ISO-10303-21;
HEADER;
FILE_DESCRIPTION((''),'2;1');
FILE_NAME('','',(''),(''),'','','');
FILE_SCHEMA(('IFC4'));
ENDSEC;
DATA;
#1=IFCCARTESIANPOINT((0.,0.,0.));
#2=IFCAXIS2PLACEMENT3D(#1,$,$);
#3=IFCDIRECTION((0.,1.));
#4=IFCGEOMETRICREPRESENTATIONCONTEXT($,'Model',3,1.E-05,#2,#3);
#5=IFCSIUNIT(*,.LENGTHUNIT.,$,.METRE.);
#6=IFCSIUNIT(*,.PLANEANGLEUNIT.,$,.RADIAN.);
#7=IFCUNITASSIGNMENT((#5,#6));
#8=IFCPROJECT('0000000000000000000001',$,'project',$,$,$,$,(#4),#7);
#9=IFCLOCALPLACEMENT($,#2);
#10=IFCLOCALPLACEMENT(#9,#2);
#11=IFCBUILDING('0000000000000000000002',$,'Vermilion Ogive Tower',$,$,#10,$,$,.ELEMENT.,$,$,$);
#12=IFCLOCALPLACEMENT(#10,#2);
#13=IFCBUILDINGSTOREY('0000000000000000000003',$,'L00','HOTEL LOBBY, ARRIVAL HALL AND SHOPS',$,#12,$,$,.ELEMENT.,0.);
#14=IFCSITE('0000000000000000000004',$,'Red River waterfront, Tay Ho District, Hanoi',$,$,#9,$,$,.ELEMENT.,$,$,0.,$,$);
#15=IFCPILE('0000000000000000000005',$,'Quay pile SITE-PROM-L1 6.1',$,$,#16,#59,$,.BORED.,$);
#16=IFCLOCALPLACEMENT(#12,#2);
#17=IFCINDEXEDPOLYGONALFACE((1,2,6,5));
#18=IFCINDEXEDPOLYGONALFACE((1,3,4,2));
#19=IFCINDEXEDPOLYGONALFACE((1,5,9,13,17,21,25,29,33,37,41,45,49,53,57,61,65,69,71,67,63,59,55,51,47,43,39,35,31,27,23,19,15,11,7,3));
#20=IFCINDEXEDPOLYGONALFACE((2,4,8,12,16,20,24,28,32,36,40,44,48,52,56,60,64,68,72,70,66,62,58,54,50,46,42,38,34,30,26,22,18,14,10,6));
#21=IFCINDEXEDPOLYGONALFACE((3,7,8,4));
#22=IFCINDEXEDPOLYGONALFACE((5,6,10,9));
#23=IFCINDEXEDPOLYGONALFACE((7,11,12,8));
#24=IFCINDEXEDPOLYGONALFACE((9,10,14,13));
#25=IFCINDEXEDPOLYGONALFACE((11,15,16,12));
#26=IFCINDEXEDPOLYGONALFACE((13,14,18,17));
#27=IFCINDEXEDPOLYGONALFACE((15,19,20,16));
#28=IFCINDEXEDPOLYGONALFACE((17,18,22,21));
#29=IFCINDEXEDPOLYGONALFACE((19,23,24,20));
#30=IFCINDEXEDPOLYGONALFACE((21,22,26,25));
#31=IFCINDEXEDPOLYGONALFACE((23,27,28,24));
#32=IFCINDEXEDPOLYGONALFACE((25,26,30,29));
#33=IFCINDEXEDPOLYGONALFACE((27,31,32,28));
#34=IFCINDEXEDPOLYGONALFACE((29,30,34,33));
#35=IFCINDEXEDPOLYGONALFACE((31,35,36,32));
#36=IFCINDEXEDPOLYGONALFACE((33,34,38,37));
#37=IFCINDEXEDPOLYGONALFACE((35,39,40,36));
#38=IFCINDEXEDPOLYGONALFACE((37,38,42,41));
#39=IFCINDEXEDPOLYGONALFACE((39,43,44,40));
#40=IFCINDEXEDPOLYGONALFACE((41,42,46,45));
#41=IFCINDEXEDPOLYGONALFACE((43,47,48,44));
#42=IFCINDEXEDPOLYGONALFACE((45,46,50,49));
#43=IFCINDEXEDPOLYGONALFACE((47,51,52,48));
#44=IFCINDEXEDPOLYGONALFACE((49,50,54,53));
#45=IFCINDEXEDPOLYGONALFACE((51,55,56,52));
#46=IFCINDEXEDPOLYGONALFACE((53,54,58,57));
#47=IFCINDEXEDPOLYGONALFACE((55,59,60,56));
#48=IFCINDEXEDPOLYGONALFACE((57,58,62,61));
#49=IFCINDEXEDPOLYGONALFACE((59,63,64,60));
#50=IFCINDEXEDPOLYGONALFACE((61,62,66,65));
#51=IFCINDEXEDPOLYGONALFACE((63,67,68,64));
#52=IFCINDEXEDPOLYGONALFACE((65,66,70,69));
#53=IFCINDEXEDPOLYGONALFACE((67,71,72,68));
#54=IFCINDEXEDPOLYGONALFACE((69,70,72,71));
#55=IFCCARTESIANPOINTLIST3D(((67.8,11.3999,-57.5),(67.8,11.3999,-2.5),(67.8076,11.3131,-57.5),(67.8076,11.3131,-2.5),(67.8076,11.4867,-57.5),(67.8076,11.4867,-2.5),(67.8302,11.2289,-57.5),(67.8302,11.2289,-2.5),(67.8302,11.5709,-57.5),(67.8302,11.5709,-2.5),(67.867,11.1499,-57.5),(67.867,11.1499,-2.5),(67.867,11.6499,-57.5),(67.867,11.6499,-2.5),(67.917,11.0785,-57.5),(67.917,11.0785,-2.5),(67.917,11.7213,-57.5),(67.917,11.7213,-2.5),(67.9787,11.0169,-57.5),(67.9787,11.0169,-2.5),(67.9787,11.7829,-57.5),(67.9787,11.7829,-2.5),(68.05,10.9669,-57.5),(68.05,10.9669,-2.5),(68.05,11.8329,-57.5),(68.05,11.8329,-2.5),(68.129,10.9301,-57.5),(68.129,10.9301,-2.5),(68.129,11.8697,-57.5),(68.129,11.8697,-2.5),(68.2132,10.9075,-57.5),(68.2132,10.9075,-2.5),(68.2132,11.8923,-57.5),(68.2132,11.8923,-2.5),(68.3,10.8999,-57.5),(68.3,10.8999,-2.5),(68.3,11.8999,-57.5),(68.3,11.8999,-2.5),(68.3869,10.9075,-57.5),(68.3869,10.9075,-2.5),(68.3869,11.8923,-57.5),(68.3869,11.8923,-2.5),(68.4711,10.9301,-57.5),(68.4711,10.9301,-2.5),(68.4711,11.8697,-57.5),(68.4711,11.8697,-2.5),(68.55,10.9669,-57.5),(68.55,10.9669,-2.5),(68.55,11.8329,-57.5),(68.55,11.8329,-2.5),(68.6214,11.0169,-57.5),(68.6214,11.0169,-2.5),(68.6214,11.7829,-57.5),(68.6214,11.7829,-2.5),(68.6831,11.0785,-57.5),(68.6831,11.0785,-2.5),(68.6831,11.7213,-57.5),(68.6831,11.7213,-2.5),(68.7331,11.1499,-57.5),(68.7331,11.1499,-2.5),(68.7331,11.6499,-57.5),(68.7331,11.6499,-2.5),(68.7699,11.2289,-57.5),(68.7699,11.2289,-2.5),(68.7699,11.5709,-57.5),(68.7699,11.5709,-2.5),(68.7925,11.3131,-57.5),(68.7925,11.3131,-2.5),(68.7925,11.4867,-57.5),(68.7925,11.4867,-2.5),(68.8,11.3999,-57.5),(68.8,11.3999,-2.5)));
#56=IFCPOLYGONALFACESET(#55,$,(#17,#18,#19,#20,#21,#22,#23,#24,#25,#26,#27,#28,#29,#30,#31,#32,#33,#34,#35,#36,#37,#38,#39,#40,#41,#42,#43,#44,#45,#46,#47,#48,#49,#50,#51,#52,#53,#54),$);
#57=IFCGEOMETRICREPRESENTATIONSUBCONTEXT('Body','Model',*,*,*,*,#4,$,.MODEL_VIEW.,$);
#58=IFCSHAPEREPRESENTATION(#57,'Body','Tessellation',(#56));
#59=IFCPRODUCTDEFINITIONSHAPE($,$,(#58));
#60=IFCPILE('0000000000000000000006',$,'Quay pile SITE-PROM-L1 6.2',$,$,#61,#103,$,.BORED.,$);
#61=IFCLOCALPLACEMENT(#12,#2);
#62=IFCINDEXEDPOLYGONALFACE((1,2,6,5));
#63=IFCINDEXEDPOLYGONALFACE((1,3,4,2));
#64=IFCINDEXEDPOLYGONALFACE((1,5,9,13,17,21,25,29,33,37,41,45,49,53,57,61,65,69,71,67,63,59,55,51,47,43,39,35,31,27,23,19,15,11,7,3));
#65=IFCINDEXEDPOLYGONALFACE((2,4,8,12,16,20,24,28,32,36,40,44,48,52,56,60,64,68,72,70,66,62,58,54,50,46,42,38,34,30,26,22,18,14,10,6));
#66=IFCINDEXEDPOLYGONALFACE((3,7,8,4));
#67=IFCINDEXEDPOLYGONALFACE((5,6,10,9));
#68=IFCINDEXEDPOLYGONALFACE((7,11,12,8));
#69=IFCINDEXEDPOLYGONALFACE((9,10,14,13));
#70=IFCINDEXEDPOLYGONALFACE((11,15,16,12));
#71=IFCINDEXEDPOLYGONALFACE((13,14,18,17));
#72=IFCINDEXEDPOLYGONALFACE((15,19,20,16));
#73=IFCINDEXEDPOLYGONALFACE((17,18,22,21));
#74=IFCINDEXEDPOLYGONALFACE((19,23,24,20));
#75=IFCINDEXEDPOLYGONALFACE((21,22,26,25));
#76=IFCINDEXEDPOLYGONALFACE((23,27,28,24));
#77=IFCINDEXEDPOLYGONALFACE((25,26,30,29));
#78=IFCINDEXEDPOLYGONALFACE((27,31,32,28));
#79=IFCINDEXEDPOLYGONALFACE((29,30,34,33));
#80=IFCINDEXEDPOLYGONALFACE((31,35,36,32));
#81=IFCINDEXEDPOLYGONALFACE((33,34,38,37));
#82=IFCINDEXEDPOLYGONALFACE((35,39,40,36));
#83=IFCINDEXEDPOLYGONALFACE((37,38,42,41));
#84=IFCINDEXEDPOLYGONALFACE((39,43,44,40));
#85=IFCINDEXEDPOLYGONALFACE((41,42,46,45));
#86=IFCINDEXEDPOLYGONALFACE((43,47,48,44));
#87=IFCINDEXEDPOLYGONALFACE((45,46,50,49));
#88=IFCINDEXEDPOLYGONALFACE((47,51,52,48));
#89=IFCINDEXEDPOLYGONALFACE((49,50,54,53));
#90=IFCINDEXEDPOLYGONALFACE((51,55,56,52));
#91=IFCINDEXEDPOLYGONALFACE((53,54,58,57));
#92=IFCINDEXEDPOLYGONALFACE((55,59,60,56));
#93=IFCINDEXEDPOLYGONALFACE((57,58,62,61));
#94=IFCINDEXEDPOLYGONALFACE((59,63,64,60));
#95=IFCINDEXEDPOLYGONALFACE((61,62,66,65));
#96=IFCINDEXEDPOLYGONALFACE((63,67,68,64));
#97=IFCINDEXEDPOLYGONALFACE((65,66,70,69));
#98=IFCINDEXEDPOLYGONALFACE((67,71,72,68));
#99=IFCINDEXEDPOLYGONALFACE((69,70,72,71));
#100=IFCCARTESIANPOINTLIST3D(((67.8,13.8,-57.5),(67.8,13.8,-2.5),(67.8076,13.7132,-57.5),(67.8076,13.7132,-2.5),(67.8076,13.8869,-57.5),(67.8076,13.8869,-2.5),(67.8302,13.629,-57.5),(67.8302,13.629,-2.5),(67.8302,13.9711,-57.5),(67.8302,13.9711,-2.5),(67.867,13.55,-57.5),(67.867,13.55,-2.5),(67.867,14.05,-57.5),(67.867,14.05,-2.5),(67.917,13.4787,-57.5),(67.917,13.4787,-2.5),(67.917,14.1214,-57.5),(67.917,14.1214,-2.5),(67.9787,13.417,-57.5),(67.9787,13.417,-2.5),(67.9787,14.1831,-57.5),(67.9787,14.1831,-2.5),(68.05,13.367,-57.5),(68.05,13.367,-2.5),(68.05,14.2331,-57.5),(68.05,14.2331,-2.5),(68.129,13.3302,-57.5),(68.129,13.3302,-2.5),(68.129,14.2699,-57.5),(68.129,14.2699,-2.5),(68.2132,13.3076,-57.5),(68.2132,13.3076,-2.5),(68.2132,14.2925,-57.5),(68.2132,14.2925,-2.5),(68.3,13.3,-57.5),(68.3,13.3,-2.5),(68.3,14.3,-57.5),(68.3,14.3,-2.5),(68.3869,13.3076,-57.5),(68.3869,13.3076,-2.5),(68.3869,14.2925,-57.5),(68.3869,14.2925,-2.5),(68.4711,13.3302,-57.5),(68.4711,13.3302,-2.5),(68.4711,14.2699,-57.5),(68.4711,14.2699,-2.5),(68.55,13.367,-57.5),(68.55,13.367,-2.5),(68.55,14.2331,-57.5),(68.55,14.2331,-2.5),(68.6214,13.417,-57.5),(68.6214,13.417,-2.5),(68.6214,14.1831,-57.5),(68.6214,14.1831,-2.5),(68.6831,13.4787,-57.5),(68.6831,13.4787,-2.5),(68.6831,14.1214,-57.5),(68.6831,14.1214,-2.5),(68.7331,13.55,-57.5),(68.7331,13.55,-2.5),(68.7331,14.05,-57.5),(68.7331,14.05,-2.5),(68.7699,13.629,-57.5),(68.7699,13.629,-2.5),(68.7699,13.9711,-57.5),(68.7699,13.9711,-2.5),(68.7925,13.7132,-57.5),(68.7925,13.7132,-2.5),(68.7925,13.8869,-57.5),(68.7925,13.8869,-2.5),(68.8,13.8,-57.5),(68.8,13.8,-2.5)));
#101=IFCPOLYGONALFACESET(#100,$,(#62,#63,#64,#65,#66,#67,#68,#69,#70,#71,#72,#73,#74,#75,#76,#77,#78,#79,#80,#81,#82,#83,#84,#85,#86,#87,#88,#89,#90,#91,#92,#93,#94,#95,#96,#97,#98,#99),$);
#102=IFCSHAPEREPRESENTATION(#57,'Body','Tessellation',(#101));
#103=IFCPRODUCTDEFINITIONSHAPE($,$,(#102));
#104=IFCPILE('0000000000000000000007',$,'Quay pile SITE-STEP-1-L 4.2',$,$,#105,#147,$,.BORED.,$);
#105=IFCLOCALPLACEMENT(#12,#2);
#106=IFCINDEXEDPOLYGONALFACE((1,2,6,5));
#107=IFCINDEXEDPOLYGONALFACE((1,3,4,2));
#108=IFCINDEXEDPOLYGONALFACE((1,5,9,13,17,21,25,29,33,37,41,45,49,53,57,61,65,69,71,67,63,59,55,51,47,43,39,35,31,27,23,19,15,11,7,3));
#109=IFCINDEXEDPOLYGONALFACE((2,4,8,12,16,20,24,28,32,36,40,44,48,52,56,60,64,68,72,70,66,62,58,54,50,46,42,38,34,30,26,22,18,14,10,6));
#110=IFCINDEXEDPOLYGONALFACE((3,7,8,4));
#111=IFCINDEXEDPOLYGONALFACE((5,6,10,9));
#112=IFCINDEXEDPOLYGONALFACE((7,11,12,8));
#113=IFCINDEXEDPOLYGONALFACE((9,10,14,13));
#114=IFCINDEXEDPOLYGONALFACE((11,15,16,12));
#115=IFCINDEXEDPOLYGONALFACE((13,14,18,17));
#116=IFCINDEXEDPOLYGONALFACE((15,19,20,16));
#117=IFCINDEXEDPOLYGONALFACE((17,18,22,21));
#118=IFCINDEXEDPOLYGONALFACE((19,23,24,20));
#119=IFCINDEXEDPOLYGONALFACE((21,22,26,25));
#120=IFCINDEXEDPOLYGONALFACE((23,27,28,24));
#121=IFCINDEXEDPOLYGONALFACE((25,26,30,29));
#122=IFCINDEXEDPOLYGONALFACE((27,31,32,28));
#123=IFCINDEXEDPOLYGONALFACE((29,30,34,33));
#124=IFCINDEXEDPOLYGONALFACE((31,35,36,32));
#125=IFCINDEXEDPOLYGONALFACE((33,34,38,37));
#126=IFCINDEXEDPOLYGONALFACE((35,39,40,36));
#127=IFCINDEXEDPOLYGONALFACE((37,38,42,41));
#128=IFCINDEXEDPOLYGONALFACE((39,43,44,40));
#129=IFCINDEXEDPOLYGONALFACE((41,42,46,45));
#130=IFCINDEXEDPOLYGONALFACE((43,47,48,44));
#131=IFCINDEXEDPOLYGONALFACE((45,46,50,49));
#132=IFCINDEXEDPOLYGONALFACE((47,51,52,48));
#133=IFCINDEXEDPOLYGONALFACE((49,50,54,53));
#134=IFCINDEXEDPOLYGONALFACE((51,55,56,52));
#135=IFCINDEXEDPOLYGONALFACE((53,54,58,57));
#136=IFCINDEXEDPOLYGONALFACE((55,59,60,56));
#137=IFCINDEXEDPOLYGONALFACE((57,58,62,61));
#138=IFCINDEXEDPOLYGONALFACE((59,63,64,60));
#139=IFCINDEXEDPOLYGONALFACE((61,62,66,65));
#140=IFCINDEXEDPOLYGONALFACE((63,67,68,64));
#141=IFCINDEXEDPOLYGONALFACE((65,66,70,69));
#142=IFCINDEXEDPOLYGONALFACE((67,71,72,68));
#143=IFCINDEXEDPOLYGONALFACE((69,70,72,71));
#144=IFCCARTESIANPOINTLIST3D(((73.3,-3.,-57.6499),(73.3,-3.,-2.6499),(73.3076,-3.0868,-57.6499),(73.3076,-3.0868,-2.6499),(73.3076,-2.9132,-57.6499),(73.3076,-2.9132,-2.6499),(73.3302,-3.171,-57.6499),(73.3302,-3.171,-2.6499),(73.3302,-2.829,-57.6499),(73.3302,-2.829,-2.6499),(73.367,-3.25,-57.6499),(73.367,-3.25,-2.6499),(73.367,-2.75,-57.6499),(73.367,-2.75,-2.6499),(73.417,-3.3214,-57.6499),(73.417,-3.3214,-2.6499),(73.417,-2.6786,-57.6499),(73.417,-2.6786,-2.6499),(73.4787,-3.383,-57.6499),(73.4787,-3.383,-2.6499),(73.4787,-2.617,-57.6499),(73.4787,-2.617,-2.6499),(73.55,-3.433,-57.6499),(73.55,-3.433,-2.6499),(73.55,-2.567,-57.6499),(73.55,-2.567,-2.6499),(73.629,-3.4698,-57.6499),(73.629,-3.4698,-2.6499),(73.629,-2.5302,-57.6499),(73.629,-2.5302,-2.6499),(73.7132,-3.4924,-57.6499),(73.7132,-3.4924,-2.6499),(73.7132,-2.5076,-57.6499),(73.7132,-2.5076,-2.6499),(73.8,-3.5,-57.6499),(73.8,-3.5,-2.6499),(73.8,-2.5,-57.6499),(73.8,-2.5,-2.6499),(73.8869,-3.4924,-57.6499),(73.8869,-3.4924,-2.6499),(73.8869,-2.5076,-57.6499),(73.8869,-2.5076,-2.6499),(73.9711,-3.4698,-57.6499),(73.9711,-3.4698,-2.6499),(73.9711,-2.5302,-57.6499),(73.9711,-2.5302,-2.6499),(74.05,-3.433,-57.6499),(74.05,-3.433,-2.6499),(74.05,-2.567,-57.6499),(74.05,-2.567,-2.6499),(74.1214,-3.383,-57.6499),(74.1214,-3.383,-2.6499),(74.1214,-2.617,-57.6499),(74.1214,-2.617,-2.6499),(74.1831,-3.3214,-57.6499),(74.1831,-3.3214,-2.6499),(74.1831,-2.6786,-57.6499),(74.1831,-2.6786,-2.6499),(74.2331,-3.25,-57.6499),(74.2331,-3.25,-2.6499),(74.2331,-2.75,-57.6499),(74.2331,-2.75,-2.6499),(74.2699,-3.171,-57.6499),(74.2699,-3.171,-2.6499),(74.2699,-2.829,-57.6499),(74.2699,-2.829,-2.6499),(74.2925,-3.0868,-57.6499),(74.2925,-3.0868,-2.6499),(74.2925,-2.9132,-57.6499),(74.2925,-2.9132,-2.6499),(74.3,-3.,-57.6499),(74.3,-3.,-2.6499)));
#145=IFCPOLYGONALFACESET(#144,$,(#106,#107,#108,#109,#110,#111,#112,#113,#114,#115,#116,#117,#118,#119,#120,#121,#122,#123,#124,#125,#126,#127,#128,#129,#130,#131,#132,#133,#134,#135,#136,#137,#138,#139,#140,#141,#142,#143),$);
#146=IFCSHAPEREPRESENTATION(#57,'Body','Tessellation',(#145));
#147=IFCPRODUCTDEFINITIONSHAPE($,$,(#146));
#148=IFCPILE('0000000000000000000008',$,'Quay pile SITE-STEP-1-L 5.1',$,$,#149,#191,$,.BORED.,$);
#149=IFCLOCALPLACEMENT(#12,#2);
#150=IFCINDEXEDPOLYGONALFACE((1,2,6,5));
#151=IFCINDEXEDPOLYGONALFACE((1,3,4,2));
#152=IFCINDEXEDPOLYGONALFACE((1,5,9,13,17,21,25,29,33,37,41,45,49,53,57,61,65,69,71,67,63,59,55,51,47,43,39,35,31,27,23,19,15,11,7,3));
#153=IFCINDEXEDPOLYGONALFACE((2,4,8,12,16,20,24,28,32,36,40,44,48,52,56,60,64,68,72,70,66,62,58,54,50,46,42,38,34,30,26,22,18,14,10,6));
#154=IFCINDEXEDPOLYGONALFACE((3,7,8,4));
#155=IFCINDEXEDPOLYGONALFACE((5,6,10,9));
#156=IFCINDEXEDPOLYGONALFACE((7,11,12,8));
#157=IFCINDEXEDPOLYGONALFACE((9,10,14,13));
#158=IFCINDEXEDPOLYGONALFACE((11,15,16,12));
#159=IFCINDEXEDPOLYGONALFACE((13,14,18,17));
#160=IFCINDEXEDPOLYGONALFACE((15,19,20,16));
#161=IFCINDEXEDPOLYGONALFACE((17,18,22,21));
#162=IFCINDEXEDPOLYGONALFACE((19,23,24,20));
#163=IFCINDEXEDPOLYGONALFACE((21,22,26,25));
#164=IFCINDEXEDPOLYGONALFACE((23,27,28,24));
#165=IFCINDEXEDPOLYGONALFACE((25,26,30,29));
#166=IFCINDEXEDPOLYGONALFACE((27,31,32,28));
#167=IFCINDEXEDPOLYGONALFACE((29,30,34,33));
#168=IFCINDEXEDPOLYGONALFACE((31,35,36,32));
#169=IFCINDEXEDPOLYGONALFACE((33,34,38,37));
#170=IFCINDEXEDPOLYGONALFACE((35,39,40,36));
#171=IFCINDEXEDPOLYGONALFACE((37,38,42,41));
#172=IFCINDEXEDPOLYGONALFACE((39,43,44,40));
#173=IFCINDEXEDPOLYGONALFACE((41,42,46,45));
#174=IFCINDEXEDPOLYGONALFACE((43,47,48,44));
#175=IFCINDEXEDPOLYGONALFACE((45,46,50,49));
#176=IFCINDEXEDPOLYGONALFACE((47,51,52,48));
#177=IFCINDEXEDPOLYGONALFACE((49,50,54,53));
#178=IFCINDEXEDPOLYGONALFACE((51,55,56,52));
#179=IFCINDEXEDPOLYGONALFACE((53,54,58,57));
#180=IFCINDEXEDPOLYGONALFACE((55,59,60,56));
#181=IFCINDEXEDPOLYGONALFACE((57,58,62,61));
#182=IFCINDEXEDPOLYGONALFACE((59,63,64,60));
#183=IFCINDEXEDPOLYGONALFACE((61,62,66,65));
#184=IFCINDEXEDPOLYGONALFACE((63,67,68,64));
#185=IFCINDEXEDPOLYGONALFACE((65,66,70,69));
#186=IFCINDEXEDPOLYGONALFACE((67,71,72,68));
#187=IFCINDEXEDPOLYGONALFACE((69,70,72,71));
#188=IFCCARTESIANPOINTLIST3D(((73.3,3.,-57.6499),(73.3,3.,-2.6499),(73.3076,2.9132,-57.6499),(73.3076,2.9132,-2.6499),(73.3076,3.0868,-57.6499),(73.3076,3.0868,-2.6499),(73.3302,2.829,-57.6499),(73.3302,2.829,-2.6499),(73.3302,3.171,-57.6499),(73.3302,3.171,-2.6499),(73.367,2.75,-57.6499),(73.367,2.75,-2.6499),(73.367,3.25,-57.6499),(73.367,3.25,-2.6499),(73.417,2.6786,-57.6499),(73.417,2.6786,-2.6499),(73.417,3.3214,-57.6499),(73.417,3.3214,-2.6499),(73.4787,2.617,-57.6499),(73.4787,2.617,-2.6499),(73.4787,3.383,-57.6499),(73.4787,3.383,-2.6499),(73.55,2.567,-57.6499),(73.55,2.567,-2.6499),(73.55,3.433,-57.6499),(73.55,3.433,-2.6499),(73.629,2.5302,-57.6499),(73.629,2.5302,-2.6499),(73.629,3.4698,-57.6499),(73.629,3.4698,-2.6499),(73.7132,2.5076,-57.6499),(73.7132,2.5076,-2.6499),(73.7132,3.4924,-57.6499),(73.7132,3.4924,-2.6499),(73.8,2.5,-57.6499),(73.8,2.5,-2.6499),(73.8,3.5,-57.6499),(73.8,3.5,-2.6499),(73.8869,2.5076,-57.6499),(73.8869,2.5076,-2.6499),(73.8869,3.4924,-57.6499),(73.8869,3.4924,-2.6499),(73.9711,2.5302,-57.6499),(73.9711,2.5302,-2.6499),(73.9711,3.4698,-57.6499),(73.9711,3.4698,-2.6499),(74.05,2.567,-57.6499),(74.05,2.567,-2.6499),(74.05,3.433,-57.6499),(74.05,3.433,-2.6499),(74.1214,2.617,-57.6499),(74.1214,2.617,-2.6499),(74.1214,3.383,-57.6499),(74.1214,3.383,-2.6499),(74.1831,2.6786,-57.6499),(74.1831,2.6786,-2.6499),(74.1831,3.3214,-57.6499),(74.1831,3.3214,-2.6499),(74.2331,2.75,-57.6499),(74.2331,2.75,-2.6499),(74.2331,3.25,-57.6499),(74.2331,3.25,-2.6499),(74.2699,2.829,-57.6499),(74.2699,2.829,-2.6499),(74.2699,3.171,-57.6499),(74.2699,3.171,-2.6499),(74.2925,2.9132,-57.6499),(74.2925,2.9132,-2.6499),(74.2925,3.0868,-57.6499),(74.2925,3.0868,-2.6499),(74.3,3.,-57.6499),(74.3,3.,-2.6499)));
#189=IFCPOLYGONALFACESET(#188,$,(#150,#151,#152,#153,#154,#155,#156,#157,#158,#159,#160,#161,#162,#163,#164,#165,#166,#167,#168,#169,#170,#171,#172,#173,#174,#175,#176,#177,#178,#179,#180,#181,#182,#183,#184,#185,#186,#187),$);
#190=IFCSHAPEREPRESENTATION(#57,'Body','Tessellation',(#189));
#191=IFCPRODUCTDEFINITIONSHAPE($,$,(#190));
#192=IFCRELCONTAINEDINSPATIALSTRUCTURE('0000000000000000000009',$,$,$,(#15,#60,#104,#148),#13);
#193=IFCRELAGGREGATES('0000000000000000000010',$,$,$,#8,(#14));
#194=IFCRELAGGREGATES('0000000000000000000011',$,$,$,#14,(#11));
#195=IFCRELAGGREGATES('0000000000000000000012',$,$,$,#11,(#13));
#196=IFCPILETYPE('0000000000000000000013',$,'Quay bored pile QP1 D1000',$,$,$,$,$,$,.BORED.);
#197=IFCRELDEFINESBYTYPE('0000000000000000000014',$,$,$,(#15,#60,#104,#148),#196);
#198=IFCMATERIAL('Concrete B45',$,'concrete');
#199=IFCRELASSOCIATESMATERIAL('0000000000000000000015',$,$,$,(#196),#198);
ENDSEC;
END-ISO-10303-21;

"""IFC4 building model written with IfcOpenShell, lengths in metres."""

from ifc_helpers import new_model, si_unit, direction, frame, origin, origin_2d, place, context, subcontext, project, spatial, circle, extrude, material, type_object, element, save


model = new_model("IFC4")

# Units and contexts
model_context = context("Model", 3, precision=1e-05, world=origin(), true_north=direction((0.0, 1.0)))
body_context = subcontext(model_context, "Body", "Model", "MODEL_VIEW")
ifc_project = project(units=[si_unit("LENGTHUNIT", "METRE"), si_unit("PLANEANGLEUNIT", "RADIAN")], contexts=[model_context])

# Site, building, storey
site_placement = place(None, origin())
site = spatial("IfcSite", under=ifc_project, at=site_placement, Name="Red River waterfront, Tay Ho District, Hanoi", CompositionType="ELEMENT", RefElevation=0.0)
building_placement = place(site_placement, origin())
building = spatial("IfcBuilding", under=site, at=building_placement, Name="Vermilion Ogive Tower", CompositionType="ELEMENT")
storey_placement = place(building_placement, origin())
storey = spatial("IfcBuildingStorey", under=building, at=storey_placement, Name="L00", Description="HOTEL LOBBY, ARRIVAL HALL AND SHOPS", CompositionType="ELEMENT", Elevation=0.0)

# Piles
ifc_material_1 = material(Name="Concrete B45", Category="concrete")
pile_type = type_object("IfcPileType", Name="Quay bored pile QP1 D1000", PredefinedType="BORED", material=ifc_material_1)
for number, where, z_axis, x_axis, name in (
    (1, (68.3, 11.3999, -2.5), (0.0, 0.0, -1.0), (1.0, 0.0, 0.0), "Quay pile SITE-PROM-L1 6.1"),
    (2, (68.3, 13.8, -2.5), (0.0, 0.0, -1.0), (1.0, 0.0, 0.0), "Quay pile SITE-PROM-L1 6.2"),
    (3, (73.8, -3.0, -2.6499), (0.0, 0.0, -1.0), (1.0, 0.0, 0.0), "Quay pile SITE-STEP-1-L 4.2"),
    (4, (73.8, 3.0, -2.6499), (0.0, 0.0, -1.0), (1.0, 0.0, 0.0), "Quay pile SITE-STEP-1-L 5.1"),
):
    element("IfcPile", number, at=place(storey_placement, frame(where, z_axis=z_axis, x_axis=x_axis)), inside=storey, type_object=pile_type, Name=name, PredefinedType="BORED", context=body_context, shape_type="SweptSolid", body=[
        extrude(circle(Radius=0.5, at=origin_2d()), origin(), (0.0, 0.0, 1.0), 55.0),
    ])

save(model, "model.ifc")
